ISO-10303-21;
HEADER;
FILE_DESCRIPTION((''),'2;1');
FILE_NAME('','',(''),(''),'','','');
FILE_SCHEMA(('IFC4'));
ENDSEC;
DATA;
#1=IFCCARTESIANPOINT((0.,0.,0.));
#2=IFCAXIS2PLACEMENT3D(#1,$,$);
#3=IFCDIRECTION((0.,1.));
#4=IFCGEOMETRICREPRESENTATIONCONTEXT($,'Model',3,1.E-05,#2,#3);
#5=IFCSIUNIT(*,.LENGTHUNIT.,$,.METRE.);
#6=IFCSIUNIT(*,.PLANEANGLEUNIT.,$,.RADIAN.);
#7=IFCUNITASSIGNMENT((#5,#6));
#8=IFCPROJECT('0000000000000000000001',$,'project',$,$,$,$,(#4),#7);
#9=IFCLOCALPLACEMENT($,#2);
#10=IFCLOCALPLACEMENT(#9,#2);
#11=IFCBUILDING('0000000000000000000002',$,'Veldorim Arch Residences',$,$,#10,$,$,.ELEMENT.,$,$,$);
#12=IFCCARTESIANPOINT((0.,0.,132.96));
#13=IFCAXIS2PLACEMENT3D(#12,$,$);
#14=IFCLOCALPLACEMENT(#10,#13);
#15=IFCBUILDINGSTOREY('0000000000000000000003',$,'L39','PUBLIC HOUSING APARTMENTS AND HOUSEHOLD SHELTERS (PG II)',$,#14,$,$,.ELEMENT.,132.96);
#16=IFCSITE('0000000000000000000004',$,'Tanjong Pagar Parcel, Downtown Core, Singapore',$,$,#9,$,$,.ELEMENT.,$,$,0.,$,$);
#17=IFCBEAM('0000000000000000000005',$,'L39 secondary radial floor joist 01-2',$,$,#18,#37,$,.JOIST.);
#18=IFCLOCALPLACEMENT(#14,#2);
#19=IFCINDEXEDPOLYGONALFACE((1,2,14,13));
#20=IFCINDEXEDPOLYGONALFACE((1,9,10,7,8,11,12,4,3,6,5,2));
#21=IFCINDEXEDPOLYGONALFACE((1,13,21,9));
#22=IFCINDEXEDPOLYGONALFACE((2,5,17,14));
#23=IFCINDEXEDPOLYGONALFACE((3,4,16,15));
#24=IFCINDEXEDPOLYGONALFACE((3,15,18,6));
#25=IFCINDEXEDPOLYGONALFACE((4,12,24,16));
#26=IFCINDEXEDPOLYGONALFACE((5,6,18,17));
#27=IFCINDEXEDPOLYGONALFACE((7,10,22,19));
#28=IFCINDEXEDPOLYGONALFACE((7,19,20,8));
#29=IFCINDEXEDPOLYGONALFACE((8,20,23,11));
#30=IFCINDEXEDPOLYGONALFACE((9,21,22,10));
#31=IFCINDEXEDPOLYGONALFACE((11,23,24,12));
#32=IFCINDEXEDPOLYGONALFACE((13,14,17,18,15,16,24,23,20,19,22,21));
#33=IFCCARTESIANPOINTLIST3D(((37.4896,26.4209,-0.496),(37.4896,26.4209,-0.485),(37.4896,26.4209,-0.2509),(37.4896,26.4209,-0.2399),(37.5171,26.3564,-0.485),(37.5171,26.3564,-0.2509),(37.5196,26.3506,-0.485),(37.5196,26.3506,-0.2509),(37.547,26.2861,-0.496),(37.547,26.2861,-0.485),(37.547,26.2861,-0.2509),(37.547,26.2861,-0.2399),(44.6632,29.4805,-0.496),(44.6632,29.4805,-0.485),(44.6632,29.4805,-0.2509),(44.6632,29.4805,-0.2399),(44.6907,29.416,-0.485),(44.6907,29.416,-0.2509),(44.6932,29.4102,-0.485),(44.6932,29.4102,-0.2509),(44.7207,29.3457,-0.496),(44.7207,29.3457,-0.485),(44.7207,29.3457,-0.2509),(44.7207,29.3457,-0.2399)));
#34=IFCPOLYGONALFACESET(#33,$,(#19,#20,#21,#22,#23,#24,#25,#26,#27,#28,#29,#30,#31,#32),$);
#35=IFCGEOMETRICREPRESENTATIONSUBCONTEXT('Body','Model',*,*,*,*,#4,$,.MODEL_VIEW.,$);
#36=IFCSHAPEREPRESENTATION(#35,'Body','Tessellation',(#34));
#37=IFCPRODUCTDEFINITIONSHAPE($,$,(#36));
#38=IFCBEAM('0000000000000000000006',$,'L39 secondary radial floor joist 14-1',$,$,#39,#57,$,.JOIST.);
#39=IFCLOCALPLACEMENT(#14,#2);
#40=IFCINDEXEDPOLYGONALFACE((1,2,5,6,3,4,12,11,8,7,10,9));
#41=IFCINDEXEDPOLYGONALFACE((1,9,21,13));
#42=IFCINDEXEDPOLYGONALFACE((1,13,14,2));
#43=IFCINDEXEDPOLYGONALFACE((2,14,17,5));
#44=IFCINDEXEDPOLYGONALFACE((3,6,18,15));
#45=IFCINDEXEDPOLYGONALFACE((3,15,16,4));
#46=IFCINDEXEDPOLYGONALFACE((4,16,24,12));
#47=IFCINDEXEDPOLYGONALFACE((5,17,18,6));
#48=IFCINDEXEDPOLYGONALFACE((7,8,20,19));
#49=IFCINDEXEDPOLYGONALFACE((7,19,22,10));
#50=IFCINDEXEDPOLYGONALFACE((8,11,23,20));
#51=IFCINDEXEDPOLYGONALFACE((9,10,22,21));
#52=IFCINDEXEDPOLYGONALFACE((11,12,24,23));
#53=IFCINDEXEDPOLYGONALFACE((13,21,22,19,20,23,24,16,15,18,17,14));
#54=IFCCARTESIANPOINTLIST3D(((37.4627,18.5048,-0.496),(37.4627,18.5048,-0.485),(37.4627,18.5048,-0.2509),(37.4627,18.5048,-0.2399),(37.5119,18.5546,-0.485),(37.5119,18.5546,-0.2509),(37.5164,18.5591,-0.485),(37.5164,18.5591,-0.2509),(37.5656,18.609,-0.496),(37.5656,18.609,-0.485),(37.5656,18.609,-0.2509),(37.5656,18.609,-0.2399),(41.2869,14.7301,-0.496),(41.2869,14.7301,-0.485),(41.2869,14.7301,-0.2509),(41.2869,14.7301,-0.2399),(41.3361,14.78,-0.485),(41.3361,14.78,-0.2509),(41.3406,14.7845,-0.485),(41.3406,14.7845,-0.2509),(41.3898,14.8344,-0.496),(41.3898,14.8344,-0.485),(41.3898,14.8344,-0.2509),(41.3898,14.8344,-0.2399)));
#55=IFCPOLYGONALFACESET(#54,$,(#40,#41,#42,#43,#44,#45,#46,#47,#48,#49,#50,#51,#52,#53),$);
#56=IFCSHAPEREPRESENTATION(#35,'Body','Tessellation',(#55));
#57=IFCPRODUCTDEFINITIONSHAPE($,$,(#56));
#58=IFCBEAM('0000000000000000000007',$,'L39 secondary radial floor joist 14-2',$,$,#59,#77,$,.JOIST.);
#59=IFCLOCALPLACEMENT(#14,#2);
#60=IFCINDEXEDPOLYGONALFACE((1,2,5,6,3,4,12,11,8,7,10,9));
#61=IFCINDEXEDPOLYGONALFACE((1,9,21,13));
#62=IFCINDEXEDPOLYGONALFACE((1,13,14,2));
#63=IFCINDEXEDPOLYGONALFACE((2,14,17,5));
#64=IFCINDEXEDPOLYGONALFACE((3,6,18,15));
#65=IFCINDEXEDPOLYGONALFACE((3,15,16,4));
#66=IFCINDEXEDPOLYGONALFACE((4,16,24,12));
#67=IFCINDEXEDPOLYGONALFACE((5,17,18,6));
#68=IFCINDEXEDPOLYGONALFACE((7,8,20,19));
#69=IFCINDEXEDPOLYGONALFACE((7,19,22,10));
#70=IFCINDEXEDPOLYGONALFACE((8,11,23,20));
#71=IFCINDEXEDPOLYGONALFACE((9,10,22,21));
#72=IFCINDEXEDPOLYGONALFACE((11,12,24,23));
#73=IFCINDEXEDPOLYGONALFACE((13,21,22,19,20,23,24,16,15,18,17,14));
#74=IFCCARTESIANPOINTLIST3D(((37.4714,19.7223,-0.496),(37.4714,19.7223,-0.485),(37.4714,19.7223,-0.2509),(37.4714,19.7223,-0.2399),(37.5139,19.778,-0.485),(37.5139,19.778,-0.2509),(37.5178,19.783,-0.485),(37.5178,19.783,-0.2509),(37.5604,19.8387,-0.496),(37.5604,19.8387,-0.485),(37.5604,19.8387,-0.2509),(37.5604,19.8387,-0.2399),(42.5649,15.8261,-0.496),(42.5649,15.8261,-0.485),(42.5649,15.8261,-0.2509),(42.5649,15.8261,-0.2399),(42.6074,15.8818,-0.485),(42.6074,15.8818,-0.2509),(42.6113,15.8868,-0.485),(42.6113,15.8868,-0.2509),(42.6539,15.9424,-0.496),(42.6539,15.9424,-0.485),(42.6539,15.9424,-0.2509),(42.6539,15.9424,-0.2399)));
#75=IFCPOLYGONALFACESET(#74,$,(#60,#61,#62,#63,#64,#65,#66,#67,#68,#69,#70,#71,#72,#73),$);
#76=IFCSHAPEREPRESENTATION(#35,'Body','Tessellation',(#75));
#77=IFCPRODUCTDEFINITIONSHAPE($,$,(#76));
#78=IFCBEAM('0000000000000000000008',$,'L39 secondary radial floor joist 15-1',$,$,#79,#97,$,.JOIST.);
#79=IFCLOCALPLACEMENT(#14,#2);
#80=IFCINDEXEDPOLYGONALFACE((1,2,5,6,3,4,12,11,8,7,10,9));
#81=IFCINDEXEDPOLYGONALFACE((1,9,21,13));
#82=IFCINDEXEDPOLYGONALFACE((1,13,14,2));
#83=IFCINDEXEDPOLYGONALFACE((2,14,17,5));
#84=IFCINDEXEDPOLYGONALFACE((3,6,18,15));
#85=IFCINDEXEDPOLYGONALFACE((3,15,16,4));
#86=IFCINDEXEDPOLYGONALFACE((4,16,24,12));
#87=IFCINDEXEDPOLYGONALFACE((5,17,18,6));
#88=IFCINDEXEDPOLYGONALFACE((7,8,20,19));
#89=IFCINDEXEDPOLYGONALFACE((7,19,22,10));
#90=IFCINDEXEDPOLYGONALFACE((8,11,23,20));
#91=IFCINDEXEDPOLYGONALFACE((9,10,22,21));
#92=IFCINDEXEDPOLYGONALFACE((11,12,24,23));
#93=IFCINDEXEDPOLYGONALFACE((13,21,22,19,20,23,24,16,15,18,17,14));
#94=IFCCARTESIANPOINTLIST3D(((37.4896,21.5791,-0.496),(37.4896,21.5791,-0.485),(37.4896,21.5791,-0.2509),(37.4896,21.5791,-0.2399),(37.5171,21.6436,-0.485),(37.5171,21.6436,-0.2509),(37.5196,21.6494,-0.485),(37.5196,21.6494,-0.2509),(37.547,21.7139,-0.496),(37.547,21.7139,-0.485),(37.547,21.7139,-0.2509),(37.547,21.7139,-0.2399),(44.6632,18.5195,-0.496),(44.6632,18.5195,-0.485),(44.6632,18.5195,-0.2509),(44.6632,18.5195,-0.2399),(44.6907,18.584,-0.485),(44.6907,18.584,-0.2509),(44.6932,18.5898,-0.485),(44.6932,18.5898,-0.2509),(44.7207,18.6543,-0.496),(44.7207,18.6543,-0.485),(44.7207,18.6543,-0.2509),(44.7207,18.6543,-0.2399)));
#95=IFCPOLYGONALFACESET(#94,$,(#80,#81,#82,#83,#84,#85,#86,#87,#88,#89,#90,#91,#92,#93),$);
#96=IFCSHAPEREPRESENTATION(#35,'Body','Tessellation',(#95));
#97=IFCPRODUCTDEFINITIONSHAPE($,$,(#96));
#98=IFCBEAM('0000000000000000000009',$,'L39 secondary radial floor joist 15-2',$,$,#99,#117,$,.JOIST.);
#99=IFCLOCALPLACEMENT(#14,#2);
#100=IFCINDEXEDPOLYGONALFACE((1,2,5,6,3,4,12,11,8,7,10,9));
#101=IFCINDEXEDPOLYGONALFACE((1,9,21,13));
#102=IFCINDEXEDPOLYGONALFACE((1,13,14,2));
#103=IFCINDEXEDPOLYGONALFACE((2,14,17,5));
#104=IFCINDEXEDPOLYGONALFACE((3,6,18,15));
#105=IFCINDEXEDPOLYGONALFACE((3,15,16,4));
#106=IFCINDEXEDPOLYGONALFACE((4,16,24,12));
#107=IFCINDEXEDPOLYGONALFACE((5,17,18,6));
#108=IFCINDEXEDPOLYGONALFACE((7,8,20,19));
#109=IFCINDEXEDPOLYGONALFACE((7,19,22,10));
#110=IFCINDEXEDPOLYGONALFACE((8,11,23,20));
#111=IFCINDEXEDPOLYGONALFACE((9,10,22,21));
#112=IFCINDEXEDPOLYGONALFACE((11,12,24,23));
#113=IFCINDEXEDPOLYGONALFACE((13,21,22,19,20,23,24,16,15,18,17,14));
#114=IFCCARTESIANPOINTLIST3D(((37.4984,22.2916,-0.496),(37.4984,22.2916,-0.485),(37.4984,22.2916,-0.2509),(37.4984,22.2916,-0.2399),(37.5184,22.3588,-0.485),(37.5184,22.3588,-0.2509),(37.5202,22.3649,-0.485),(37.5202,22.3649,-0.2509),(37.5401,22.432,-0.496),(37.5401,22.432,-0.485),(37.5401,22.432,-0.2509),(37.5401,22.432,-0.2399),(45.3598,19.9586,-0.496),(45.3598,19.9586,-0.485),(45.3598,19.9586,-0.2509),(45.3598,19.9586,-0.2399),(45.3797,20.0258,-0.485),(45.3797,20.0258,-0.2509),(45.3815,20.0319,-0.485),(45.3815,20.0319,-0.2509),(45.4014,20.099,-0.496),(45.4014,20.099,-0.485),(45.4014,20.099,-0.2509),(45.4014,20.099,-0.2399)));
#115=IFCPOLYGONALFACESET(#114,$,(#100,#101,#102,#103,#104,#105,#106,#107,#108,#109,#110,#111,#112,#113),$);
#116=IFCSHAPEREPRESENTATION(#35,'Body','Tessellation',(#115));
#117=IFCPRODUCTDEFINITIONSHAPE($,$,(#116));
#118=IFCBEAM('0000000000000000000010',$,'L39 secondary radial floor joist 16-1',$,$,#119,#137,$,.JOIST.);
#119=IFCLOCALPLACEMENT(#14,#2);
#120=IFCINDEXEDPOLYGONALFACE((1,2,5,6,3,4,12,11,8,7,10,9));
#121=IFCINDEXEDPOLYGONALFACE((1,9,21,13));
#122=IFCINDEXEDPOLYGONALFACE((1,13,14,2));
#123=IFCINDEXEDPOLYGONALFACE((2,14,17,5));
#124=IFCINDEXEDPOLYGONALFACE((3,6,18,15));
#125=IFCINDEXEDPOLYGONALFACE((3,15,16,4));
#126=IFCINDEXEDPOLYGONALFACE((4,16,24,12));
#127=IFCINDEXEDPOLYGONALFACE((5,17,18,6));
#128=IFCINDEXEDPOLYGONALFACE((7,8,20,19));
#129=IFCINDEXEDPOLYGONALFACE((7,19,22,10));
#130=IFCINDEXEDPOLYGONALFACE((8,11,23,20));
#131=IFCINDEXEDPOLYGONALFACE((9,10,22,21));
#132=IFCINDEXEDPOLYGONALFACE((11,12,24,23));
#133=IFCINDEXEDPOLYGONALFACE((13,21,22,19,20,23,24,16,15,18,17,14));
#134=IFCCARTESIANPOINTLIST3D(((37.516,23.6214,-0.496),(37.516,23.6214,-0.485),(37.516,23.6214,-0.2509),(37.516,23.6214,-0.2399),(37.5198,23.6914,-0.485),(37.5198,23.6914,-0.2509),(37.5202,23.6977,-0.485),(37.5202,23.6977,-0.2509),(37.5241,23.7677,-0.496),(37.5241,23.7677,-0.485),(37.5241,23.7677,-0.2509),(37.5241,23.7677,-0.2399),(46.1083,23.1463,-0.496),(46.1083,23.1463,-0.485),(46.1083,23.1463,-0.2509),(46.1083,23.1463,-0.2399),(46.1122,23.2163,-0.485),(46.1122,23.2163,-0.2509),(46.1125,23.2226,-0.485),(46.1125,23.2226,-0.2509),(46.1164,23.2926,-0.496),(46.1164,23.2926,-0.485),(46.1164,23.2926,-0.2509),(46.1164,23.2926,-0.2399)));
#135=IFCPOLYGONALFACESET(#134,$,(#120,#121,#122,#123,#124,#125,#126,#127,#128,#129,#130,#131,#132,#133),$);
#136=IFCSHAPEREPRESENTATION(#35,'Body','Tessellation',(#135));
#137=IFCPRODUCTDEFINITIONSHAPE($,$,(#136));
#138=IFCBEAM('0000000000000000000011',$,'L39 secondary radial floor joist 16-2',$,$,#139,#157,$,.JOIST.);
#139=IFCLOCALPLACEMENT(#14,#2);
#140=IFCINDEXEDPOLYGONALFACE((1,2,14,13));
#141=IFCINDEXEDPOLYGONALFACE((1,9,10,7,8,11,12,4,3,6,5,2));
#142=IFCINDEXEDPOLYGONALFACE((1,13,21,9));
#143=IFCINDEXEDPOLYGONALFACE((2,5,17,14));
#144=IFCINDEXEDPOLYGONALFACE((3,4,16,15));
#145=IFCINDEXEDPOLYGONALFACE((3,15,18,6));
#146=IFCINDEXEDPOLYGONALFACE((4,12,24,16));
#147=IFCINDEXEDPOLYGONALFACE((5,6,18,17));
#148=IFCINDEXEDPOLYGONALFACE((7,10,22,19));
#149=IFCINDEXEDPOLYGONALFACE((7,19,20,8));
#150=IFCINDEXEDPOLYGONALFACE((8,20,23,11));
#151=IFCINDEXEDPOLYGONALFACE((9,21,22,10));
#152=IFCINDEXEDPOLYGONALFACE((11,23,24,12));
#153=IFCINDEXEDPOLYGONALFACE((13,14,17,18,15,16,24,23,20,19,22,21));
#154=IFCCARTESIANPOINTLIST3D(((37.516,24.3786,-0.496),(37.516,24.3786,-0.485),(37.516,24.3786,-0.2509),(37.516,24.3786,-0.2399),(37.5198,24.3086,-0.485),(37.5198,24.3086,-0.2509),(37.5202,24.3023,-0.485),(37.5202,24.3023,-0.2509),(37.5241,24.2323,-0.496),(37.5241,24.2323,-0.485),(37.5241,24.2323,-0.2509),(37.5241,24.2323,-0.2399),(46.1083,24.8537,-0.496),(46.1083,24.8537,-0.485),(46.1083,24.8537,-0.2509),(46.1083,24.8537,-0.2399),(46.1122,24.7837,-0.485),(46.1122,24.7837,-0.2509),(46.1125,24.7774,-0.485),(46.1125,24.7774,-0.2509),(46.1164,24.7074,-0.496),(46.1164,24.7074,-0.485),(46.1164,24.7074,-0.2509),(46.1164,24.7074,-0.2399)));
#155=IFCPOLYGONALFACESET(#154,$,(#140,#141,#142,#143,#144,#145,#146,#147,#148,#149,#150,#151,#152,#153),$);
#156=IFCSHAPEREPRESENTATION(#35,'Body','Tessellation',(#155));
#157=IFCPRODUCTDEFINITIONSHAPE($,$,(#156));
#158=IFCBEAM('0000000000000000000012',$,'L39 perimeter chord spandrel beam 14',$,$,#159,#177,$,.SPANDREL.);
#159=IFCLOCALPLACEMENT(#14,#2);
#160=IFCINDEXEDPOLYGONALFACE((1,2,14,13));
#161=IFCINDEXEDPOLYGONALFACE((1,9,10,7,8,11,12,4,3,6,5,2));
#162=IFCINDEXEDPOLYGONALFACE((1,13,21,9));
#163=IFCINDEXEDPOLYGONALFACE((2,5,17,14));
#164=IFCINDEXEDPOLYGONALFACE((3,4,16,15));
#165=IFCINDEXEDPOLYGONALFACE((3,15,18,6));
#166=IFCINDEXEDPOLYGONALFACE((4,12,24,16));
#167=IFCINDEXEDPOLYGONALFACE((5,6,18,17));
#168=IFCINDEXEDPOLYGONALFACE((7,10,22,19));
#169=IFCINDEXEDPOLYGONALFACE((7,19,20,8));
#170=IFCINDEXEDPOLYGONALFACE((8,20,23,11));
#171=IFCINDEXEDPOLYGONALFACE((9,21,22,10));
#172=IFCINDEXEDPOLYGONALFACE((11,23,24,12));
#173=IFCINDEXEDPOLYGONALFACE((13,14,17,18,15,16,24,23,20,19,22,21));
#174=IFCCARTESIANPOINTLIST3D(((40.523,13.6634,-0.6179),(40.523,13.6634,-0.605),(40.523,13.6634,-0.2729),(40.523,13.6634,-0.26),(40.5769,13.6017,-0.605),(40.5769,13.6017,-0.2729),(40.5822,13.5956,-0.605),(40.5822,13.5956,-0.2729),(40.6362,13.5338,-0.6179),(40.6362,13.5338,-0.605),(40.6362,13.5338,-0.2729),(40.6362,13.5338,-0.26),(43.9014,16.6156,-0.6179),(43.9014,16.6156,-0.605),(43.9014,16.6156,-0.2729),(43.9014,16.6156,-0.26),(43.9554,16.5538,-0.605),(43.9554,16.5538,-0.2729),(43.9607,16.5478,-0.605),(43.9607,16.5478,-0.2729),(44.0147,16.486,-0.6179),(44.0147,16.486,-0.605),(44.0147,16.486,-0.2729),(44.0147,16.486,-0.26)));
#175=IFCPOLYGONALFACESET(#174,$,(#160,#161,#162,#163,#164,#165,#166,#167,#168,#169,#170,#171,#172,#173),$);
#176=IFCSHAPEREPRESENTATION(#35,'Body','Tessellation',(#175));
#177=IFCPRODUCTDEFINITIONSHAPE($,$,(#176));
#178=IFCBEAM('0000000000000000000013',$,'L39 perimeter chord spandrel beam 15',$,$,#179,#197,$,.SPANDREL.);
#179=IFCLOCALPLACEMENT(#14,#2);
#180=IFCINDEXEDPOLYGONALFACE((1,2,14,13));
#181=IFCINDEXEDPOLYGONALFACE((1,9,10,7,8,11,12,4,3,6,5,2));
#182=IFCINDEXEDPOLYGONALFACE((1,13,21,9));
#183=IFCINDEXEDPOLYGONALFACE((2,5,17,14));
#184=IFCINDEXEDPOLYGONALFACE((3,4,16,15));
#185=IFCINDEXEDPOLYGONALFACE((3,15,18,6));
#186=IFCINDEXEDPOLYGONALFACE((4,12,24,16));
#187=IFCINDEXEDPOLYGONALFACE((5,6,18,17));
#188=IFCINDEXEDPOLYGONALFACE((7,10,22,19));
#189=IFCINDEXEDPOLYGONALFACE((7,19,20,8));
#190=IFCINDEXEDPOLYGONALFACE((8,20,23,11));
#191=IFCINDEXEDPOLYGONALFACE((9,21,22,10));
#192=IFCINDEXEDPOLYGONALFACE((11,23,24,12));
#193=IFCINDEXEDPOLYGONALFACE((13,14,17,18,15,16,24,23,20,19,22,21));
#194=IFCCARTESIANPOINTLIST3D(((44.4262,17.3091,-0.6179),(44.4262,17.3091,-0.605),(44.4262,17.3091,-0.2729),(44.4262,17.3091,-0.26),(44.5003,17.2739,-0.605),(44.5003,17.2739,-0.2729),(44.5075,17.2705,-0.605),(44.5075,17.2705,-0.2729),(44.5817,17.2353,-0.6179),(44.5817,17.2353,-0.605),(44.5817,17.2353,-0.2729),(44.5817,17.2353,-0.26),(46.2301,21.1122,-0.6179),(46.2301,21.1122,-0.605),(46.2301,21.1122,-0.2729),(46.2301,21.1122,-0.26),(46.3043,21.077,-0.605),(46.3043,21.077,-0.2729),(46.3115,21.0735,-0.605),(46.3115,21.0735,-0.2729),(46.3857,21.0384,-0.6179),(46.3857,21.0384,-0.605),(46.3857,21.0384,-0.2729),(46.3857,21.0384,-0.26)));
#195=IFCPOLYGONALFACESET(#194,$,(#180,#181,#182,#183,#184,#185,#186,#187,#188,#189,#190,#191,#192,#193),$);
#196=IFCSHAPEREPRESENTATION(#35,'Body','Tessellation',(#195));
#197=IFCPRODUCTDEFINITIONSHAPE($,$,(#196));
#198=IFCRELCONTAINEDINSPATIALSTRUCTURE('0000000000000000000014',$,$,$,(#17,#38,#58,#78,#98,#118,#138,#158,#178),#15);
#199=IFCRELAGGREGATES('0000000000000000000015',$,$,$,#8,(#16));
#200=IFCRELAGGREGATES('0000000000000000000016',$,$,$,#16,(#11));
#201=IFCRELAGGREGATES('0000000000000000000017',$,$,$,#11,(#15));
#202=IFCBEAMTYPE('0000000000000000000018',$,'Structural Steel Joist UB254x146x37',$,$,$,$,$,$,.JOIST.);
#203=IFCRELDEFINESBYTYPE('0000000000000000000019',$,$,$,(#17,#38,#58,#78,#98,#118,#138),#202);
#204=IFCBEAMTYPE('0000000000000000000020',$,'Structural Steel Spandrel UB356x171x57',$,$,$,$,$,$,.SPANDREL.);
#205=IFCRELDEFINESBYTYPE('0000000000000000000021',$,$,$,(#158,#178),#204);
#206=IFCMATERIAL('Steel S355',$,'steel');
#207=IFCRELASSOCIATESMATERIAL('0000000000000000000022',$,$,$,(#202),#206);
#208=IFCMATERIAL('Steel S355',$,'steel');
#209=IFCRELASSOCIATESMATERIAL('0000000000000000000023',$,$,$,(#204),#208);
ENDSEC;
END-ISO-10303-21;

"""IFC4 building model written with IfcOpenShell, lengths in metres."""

from ifc_helpers import new_model, si_unit, direction, frame, origin, origin_2d, place, context, subcontext, project, spatial, i_section, extrude, material, material_profile, profile_set, type_object, element, save


model = new_model("IFC4")

# Units and contexts
model_context = context("Model", 3, precision=1e-05, world=origin(), true_north=direction((0.0, 1.0)))
body_context = subcontext(model_context, "Body", "Model", "MODEL_VIEW")
ifc_project = project(units=[si_unit("LENGTHUNIT", "METRE"), si_unit("PLANEANGLEUNIT", "RADIAN")], contexts=[model_context])

# Site, building, storey
site_placement = place(None, origin())
site = spatial("IfcSite", under=ifc_project, at=site_placement, Name="Tanjong Pagar Parcel, Downtown Core, Singapore", CompositionType="ELEMENT", RefElevation=0.0)
building_placement = place(site_placement, origin())
building = spatial("IfcBuilding", under=site, at=building_placement, Name="Veldorim Arch Residences", CompositionType="ELEMENT")
storey_placement = place(building_placement, frame((0.0, 0.0, 132.96)))
storey = spatial("IfcBuildingStorey", under=building, at=storey_placement, Name="L39", Description="PUBLIC HOUSING APARTMENTS AND HOUSEHOLD SHELTERS (PG II)", CompositionType="ELEMENT", Elevation=132.96)

# Beams
ifc_material_1 = material(Name="Steel S355", Category="steel")
ifc_material_profile_1 = material_profile(ifc_material_1, i_section(OverallWidth=0.1465, OverallDepth=0.2561, WebThickness=0.0063, FlangeThickness=0.011, at=origin_2d()), Name="UB254x146x37")
ifc_profile_set_1 = profile_set([ifc_material_profile_1], Name="Steel S355")
beam_type_1 = type_object("IfcBeamType", Name="Structural Steel Joist UB254x146x37", PredefinedType="JOIST", material=ifc_profile_set_1)
beam_1_placement = place(storey_placement, frame((37.5183, 26.3535, -0.3679), z_axis=(0.919832, 0.392313, 0.0), x_axis=(-0.392313, 0.919832, 0.0)))
element("IfcBeam", 1, at=beam_1_placement, inside=storey, type_object=beam_type_1, Name="L39 secondary radial floor joist 01-2", PredefinedType="JOIST", context=body_context, shape_type="SweptSolid", body=[
    extrude(i_section(OverallWidth=0.1465, OverallDepth=0.2561, WebThickness=0.0063, FlangeThickness=0.011, at=origin_2d()), origin(), (0.0, 0.0, 1.0), 7.7988),
])
beam_2_placement = place(storey_placement, frame((37.5142, 18.5569, -0.3679), z_axis=(0.711703, -0.70248, 0.0), x_axis=(0.70248, 0.711703, 0.0)))
element("IfcBeam", 2, at=beam_2_placement, inside=storey, type_object=beam_type_1, Name="L39 secondary radial floor joist 14-1", PredefinedType="JOIST", context=body_context, shape_type="SweptSolid", body=[
    extrude(i_section(OverallWidth=0.1465, OverallDepth=0.2561, WebThickness=0.0063, FlangeThickness=0.011, at=origin_2d()), origin(), (0.0, 0.0, 1.0), 5.3733),
])
beam_3_placement = place(storey_placement, frame((37.5159, 19.7805, -0.3679), z_axis=(0.794267, -0.607569, 0.0), x_axis=(0.607569, 0.794267, 0.0)))
element("IfcBeam", 3, at=beam_3_placement, inside=storey, type_object=beam_type_1, Name="L39 secondary radial floor joist 14-2", PredefinedType="JOIST", context=body_context, shape_type="SweptSolid", body=[
    extrude(i_section(OverallWidth=0.1465, OverallDepth=0.2561, WebThickness=0.0063, FlangeThickness=0.011, at=origin_2d()), origin(), (0.0, 0.0, 1.0), 6.4128),
])
beam_4_placement = place(storey_placement, frame((37.5183, 21.6465, -0.3679), z_axis=(0.919832, -0.392313, 0.0), x_axis=(0.392313, 0.919832, 0.0)))
element("IfcBeam", 4, at=beam_4_placement, inside=storey, type_object=beam_type_1, Name="L39 secondary radial floor joist 15-1", PredefinedType="JOIST", context=body_context, shape_type="SweptSolid", body=[
    extrude(i_section(OverallWidth=0.1465, OverallDepth=0.2561, WebThickness=0.0063, FlangeThickness=0.011, at=origin_2d()), origin(), (0.0, 0.0, 1.0), 7.7988),
])
beam_5_placement = place(storey_placement, frame((37.5193, 22.3618, -0.3679), z_axis=(0.958674, -0.284506, 0.0), x_axis=(0.284506, 0.958674, 0.0)))
element("IfcBeam", 5, at=beam_5_placement, inside=storey, type_object=beam_type_1, Name="L39 secondary radial floor joist 15-2", PredefinedType="JOIST", context=body_context, shape_type="SweptSolid", body=[
    extrude(i_section(OverallWidth=0.1465, OverallDepth=0.2561, WebThickness=0.0063, FlangeThickness=0.011, at=origin_2d()), origin(), (0.0, 0.0, 1.0), 8.2002),
])
for number, where, z_axis, x_axis, name in (
    (6, (37.52, 23.6946, -0.3679), (0.998475, -0.055209, 0.0), (0.055209, 0.998475, 0.0), "L39 secondary radial floor joist 16-1"),
    (7, (37.52, 24.3054, -0.3679), (0.998475, 0.055209, 0.0), (-0.055209, 0.998475, 0.0), "L39 secondary radial floor joist 16-2"),
):
    element("IfcBeam", number, at=place(storey_placement, frame(where, z_axis=z_axis, x_axis=x_axis)), inside=storey, type_object=beam_type_1, Name=name, PredefinedType="JOIST", context=body_context, shape_type="SweptSolid", body=[
        extrude(i_section(OverallWidth=0.1465, OverallDepth=0.2561, WebThickness=0.0063, FlangeThickness=0.011, at=origin_2d()), origin(), (0.0, 0.0, 1.0), 8.6055),
    ])
ifc_material_2 = material(Name="Steel S355", Category="steel")
ifc_material_profile_2 = material_profile(ifc_material_2, i_section(OverallWidth=0.1721, OverallDepth=0.3579, WebThickness=0.0081, FlangeThickness=0.0129, at=origin_2d()), Name="UB356x171x57")
ifc_profile_set_2 = profile_set([ifc_material_profile_2], Name="Steel S355")
beam_type_2 = type_object("IfcBeamType", Name="Structural Steel Spandrel UB356x171x57", PredefinedType="SPANDREL", material=ifc_profile_set_2)
beam_6_placement = place(storey_placement, frame((40.5796, 13.5986, -0.439), z_axis=(0.753015, 0.658004, 0.0), x_axis=(-0.658004, 0.753015, 0.0)))
element("IfcBeam", 8, at=beam_6_placement, inside=storey, type_object=beam_type_2, Name="L39 perimeter chord spandrel beam 14", PredefinedType="SPANDREL", context=body_context, shape_type="SweptSolid", body=[
    extrude(i_section(OverallWidth=0.1721, OverallDepth=0.3579, WebThickness=0.0081, FlangeThickness=0.0129, at=origin_2d()), origin(), (0.0, 0.0, 1.0), 4.4866),
])
beam_7_placement = place(storey_placement, frame((44.5039, 17.2722, -0.439), z_axis=(0.42858, 0.903504, 0.0), x_axis=(-0.903504, 0.42858, 0.0)))
element("IfcBeam", 9, at=beam_7_placement, inside=storey, type_object=beam_type_2, Name="L39 perimeter chord spandrel beam 15", PredefinedType="SPANDREL", context=body_context, shape_type="SweptSolid", body=[
    extrude(i_section(OverallWidth=0.1721, OverallDepth=0.3579, WebThickness=0.0081, FlangeThickness=0.0129, at=origin_2d()), origin(), (0.0, 0.0, 1.0), 4.2092),
])

save(model, "model.ifc")
